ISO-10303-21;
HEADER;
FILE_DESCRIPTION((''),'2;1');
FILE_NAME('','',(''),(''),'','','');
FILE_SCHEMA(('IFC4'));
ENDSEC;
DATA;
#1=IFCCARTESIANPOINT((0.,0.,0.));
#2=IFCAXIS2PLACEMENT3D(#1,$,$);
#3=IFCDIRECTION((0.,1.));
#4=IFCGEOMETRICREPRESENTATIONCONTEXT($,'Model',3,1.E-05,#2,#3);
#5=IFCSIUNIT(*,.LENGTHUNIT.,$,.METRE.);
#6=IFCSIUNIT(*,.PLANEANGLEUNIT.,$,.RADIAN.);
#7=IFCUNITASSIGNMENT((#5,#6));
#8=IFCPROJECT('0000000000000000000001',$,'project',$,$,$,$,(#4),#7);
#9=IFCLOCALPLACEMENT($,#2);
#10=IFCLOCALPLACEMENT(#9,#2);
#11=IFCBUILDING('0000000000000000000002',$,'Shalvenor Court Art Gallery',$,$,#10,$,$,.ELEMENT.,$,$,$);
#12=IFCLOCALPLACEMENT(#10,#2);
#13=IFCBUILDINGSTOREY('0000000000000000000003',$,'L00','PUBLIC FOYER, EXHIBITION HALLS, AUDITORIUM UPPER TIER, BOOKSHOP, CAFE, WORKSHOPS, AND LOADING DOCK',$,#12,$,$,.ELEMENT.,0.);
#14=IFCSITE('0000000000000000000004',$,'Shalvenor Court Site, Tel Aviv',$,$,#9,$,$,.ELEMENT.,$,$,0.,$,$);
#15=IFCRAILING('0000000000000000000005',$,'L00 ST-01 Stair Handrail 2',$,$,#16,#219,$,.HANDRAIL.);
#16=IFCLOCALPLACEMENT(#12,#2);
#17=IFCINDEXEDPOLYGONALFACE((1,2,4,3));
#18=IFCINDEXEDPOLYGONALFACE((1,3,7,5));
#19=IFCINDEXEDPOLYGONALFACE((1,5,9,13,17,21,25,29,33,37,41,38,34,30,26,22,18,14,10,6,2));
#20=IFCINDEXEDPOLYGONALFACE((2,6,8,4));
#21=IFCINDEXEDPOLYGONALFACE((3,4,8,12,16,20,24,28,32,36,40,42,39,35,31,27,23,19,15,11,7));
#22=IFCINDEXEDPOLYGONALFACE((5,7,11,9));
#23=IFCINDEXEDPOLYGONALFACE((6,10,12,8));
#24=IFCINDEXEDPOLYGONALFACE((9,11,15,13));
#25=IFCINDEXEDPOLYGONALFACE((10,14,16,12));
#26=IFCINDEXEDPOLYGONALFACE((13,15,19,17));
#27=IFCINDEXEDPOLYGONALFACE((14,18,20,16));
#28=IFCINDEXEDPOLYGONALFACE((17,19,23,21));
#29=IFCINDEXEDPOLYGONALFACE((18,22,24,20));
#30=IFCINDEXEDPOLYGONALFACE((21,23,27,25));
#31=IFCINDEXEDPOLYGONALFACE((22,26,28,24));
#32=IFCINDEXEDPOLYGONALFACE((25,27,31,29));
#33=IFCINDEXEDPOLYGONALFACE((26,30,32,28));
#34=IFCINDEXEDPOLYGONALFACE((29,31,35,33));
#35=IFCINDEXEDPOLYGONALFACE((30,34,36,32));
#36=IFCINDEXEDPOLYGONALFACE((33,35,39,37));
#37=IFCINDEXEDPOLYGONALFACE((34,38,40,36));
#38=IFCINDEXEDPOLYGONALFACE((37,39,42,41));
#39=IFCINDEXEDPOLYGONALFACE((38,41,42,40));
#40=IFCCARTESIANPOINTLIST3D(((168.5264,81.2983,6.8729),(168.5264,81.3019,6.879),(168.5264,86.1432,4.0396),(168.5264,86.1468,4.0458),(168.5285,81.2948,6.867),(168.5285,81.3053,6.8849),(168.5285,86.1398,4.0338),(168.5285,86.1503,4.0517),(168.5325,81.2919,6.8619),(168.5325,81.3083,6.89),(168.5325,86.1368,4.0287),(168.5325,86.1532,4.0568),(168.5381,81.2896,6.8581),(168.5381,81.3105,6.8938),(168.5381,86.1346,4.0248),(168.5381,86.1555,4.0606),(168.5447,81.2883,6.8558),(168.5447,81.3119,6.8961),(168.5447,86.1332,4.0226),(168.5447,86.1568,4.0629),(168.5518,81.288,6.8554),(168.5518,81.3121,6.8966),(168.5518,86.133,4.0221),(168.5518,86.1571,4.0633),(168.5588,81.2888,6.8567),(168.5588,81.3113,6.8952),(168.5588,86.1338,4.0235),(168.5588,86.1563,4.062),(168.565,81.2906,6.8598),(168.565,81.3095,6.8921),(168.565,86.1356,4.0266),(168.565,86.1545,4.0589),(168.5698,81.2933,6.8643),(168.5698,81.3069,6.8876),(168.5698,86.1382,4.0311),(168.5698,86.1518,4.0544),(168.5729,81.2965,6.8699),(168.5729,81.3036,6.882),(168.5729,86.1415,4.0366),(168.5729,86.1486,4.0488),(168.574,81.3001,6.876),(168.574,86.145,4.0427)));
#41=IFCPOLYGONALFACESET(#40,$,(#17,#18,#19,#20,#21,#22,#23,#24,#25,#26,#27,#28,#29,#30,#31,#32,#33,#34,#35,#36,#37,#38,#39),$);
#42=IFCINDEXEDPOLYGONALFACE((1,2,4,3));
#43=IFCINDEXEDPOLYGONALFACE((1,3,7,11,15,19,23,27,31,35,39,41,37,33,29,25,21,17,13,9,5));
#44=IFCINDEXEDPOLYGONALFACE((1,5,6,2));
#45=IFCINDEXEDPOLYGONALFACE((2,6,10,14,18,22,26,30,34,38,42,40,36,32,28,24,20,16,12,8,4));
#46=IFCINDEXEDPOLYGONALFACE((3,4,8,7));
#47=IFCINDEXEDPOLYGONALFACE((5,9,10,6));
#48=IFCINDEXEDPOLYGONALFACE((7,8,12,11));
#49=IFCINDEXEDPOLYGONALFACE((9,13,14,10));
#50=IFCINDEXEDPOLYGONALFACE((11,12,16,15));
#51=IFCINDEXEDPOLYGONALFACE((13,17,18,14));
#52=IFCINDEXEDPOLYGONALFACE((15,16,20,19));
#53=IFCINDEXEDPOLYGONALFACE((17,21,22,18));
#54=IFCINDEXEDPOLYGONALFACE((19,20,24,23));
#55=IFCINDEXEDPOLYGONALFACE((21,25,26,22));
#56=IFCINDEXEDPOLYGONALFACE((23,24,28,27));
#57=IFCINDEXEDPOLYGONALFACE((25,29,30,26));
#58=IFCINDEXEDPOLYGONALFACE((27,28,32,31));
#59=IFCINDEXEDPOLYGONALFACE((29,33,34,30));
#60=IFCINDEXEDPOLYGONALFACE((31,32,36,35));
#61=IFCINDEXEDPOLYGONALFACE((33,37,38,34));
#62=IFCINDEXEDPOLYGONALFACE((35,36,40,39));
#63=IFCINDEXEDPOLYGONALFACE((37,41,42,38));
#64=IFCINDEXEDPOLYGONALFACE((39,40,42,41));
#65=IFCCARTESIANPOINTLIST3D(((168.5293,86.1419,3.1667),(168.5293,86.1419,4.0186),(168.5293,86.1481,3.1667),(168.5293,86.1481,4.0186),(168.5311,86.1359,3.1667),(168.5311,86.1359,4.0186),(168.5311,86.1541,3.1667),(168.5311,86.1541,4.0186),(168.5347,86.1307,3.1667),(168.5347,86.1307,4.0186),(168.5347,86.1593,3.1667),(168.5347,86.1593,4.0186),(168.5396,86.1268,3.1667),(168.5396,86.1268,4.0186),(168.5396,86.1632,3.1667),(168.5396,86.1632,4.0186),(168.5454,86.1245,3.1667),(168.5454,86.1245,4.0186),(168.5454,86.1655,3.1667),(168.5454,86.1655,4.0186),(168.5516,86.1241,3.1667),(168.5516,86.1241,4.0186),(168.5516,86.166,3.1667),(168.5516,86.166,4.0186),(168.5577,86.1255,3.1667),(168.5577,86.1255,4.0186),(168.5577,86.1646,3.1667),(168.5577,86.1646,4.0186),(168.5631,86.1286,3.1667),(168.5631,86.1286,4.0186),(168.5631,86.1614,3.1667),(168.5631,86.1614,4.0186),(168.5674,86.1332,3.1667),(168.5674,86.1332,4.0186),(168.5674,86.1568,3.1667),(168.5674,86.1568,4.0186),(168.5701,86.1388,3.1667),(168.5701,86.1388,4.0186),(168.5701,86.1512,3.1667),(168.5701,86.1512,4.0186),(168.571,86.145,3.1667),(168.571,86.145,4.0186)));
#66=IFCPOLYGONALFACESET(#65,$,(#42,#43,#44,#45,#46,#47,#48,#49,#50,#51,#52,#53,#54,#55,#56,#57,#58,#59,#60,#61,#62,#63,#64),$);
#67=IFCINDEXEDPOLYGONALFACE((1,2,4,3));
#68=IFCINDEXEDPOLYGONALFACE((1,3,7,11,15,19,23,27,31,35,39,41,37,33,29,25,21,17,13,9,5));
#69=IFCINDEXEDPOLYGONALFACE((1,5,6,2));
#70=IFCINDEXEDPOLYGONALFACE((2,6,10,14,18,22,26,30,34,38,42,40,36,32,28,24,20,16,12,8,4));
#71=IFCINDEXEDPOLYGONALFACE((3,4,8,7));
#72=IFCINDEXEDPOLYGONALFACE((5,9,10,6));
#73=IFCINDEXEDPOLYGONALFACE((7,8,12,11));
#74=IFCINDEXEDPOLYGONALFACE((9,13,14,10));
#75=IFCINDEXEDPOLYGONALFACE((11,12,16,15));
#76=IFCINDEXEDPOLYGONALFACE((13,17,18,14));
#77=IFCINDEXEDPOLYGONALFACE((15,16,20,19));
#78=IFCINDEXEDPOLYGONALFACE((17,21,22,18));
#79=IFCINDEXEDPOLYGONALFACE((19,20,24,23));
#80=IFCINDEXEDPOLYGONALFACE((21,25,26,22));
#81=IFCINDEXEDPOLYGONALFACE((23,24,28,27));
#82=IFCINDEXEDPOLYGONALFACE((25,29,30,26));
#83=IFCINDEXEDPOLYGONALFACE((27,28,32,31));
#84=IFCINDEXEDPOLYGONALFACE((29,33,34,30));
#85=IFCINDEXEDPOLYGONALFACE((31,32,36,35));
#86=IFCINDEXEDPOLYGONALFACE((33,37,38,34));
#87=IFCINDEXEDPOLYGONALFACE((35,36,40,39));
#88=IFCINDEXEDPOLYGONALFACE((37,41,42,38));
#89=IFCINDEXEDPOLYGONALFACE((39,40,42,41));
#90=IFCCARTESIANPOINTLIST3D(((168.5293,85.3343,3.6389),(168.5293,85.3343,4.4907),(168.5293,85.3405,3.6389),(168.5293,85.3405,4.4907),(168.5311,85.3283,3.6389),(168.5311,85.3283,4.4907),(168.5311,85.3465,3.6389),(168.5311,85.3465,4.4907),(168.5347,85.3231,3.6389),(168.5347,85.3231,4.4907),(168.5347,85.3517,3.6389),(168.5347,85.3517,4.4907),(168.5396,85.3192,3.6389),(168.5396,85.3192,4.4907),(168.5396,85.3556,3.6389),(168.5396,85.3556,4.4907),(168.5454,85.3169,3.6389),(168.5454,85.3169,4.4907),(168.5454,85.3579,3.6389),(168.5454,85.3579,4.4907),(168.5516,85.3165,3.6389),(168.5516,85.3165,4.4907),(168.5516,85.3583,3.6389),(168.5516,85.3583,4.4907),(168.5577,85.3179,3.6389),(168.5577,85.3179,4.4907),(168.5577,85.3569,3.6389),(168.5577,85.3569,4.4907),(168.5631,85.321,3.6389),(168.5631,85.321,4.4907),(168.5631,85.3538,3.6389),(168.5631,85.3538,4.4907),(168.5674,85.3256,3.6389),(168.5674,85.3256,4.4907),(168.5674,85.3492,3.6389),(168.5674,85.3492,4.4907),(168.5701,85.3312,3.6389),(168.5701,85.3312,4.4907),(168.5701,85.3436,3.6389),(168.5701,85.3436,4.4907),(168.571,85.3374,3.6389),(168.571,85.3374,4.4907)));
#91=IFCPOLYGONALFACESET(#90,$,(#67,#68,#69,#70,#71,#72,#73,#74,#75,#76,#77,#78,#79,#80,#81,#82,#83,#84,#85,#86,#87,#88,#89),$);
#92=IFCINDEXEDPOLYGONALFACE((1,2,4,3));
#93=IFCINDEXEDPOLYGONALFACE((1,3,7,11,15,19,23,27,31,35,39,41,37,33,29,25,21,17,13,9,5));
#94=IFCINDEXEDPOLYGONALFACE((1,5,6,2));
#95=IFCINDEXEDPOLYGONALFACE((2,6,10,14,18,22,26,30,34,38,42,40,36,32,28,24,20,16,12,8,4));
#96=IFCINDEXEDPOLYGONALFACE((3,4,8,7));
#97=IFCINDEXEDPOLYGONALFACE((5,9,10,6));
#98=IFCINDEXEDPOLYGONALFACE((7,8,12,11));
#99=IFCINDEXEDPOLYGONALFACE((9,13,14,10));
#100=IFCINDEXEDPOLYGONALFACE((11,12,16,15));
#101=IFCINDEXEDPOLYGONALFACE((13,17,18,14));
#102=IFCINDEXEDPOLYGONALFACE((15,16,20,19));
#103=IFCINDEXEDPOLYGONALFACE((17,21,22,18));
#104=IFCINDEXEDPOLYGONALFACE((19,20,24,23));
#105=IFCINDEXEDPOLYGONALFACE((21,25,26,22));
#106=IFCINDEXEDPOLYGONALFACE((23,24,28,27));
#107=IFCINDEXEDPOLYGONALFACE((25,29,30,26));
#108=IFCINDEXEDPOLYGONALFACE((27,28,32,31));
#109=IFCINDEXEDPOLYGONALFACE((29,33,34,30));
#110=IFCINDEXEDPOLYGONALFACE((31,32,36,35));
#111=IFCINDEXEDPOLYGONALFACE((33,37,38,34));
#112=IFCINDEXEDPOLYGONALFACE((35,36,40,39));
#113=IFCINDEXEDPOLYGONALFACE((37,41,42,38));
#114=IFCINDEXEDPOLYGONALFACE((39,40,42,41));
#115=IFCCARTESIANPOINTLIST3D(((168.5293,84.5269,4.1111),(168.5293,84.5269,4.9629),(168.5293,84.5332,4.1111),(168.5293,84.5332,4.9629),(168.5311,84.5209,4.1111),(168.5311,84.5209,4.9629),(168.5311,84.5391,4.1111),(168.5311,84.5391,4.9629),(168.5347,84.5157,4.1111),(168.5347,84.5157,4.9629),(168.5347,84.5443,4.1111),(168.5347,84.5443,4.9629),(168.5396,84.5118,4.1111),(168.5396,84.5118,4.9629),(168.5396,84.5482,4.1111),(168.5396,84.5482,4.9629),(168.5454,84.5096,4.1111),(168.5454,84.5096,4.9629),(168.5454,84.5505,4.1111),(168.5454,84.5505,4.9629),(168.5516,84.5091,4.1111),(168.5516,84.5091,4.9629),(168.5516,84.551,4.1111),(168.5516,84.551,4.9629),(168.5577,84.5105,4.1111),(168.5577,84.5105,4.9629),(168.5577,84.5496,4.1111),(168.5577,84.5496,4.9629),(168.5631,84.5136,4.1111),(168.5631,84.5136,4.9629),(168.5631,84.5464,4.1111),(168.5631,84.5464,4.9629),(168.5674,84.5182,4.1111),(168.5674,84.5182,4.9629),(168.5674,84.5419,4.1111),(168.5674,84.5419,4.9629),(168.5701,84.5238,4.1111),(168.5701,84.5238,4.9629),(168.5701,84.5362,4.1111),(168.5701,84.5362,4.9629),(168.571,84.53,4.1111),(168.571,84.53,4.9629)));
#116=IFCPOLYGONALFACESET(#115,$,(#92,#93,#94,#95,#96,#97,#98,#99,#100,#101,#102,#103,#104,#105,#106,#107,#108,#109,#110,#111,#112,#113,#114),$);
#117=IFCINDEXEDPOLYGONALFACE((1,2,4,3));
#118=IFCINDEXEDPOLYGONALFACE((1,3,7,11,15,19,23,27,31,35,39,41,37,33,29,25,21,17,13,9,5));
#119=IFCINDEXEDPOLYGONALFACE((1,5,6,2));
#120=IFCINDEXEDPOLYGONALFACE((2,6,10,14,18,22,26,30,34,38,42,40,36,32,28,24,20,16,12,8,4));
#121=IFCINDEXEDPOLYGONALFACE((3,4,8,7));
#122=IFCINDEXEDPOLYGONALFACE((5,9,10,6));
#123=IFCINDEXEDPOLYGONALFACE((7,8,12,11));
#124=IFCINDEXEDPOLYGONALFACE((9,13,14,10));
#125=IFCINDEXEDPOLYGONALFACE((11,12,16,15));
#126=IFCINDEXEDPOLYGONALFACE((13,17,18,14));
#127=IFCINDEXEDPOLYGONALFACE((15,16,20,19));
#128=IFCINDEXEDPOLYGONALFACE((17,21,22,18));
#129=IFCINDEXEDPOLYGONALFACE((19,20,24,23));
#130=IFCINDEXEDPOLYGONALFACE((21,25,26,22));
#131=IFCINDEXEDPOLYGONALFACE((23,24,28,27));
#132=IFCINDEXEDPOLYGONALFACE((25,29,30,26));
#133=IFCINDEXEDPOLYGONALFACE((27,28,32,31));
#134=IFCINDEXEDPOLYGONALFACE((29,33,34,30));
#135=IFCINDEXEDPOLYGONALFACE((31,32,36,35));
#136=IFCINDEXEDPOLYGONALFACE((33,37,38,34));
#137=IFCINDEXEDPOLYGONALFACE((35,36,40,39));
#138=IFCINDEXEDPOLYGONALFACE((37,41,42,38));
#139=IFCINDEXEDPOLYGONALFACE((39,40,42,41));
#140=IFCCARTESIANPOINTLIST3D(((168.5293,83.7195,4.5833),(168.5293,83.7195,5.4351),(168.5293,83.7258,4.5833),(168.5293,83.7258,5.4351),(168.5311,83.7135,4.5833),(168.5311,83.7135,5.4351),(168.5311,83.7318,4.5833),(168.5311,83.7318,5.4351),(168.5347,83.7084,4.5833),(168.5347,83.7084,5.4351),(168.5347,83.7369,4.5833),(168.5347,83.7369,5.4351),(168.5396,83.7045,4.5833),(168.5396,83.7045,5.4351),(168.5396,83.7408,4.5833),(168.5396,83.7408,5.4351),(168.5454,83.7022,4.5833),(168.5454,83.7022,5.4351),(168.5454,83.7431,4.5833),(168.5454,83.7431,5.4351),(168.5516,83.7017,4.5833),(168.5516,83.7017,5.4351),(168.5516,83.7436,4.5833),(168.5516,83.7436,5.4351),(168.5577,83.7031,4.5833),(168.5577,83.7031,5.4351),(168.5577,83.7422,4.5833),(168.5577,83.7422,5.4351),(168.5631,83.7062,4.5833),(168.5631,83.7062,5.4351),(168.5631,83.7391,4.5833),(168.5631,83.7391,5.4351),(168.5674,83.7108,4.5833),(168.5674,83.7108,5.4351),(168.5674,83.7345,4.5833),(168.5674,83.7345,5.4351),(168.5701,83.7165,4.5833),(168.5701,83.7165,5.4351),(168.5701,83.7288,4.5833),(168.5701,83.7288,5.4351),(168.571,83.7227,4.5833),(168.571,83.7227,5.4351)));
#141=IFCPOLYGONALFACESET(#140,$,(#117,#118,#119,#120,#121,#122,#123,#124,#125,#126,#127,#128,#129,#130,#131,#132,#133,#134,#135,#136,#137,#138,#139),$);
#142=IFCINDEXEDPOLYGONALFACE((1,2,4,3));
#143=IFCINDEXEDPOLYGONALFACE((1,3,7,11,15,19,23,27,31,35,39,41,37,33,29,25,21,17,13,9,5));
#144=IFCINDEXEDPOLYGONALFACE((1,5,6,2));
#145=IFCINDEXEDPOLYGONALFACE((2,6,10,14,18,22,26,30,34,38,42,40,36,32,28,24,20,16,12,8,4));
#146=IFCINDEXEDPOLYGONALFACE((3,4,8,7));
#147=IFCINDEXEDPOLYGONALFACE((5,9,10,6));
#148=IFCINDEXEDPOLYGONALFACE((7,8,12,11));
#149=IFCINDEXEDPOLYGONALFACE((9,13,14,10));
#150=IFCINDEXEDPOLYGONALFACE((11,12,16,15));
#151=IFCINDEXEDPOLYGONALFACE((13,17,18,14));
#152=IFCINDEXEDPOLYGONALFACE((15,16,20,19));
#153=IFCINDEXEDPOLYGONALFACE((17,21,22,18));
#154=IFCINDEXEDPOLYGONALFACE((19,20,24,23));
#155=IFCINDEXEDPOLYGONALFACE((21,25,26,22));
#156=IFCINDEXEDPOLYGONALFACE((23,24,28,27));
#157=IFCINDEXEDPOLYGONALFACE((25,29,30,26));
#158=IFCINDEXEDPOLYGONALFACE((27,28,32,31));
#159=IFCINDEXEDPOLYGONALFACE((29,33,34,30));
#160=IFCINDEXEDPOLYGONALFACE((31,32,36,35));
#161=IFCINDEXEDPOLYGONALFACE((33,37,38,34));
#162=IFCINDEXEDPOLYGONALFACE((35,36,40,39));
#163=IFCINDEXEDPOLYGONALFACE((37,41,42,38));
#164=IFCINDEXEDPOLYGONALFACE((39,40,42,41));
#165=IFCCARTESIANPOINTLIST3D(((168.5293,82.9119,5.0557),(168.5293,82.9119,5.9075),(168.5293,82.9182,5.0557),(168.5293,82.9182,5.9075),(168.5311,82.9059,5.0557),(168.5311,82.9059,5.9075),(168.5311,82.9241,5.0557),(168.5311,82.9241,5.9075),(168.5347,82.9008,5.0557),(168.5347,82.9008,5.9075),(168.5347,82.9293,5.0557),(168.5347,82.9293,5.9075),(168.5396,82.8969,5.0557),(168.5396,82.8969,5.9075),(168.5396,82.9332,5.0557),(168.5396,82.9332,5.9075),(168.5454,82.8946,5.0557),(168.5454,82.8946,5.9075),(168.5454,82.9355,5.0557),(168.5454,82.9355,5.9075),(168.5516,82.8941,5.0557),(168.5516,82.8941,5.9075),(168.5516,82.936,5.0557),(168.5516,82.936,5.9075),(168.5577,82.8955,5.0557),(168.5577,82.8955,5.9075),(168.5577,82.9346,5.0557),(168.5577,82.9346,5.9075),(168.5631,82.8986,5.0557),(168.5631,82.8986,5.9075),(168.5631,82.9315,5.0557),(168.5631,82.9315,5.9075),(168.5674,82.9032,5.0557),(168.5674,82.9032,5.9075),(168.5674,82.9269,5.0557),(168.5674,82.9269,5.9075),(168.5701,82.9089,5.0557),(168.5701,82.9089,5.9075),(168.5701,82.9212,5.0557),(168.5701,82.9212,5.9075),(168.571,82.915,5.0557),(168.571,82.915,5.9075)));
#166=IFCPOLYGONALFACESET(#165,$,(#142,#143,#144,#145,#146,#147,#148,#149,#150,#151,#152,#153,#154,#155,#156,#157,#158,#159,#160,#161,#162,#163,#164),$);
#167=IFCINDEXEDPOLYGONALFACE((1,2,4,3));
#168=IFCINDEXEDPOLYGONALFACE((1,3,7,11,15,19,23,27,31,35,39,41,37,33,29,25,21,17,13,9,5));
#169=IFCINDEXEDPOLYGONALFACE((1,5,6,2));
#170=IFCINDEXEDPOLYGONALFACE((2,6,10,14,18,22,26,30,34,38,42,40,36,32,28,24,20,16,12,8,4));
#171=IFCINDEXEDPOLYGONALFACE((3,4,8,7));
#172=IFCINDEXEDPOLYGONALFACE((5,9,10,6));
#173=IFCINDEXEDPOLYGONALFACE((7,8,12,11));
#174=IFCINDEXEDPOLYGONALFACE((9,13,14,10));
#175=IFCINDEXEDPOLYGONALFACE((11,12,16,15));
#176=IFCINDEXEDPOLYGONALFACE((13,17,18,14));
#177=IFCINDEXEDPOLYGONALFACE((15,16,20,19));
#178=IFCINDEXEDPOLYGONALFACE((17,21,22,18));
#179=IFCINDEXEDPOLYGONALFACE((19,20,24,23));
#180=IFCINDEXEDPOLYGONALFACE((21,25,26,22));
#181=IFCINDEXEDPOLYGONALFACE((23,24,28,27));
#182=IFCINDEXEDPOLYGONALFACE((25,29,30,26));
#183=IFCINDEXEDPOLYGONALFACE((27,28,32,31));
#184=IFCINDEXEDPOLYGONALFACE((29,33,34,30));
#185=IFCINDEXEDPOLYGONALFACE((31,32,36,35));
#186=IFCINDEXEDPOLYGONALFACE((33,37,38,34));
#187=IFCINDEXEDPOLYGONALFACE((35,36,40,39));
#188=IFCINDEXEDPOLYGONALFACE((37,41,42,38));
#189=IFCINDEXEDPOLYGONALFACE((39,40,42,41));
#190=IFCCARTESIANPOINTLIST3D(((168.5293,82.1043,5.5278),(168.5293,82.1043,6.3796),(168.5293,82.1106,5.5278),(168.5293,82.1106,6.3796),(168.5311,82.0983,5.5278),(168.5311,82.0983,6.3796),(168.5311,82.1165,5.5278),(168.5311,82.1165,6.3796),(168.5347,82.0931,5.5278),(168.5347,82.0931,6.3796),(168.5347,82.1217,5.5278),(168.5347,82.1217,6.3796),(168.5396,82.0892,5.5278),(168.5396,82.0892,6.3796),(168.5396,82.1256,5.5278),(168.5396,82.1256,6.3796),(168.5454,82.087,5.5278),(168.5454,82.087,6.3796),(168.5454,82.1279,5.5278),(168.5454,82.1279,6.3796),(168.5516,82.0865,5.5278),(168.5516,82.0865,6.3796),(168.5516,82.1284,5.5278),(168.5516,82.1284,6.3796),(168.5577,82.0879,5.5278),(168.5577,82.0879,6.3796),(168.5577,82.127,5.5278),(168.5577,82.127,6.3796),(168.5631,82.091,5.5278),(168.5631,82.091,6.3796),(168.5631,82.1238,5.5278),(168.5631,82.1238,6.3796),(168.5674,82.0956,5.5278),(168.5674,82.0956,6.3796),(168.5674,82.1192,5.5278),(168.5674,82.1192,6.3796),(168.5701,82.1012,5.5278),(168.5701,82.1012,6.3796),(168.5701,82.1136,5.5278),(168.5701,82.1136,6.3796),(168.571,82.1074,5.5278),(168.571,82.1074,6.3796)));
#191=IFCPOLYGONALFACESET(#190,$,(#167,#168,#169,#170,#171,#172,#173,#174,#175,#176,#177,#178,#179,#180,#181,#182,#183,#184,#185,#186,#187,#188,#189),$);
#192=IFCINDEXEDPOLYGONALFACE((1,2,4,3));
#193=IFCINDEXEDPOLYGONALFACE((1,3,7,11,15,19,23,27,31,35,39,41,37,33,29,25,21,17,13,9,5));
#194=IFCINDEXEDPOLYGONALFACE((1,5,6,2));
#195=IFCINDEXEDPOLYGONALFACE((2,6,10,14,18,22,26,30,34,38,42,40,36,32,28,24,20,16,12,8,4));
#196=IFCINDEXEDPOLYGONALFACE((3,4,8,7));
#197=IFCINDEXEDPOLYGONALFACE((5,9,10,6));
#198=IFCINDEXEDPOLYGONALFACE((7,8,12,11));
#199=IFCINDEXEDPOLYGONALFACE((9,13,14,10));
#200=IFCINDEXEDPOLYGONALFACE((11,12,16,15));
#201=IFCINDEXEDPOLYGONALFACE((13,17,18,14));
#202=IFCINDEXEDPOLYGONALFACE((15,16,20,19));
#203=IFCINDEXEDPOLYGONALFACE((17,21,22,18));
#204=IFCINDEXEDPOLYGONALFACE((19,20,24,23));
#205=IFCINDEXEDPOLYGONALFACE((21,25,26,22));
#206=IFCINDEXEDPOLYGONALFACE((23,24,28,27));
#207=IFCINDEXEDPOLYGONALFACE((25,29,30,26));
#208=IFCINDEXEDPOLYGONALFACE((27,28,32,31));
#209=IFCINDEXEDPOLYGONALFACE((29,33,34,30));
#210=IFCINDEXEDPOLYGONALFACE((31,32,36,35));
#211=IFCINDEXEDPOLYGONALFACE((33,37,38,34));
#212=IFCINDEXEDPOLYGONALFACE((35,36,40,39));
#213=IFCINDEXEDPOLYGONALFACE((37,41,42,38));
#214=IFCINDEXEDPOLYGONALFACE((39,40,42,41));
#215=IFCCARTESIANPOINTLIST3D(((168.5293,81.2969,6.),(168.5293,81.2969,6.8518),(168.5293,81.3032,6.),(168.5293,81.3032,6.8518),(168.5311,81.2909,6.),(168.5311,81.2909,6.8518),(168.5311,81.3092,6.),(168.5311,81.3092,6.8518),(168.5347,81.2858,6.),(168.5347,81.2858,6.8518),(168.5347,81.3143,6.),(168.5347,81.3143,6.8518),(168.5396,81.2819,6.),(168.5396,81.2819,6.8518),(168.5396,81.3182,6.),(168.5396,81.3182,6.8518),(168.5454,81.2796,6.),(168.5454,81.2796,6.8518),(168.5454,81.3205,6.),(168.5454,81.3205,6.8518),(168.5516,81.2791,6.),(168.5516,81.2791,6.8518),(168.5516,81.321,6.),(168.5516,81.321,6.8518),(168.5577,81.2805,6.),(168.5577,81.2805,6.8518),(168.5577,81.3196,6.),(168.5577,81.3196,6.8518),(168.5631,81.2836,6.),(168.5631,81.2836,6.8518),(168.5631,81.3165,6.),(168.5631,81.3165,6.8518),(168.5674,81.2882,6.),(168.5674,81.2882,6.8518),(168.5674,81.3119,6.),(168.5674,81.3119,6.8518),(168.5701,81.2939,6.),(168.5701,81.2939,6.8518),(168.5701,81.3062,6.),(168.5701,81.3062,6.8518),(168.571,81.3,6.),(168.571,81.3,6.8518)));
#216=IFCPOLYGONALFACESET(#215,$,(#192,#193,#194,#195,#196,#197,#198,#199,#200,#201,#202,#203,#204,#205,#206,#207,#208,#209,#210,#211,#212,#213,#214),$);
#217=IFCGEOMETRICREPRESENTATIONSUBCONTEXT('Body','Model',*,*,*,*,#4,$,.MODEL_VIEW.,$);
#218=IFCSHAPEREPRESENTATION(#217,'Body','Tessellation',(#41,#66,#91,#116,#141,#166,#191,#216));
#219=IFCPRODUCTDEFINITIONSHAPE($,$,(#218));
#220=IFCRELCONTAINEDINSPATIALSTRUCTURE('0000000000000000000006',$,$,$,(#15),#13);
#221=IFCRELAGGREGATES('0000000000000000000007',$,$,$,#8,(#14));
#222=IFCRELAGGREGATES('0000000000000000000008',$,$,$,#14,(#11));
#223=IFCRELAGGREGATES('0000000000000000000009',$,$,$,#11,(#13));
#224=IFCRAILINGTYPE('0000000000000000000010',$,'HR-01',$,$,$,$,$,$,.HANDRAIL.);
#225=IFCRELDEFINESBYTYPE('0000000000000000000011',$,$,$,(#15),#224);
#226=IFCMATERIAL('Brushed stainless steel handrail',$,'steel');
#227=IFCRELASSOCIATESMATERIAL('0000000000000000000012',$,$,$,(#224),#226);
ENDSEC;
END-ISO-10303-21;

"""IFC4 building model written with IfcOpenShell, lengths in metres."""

from ifc_helpers import new_model, si_unit, direction, frame, origin, origin_2d, place, context, subcontext, project, spatial, circle, extrude, material, type_object, element, save


model = new_model("IFC4")

# Units and contexts
model_context = context("Model", 3, precision=1e-05, world=origin(), true_north=direction((0.0, 1.0)))
body_context = subcontext(model_context, "Body", "Model", "MODEL_VIEW")
ifc_project = project(units=[si_unit("LENGTHUNIT", "METRE"), si_unit("PLANEANGLEUNIT", "RADIAN")], contexts=[model_context])

# Site, building, storey
site_placement = place(None, origin())
site = spatial("IfcSite", under=ifc_project, at=site_placement, Name="Shalvenor Court Site, Tel Aviv", CompositionType="ELEMENT", RefElevation=0.0)
building_placement = place(site_placement, origin())
building = spatial("IfcBuilding", under=site, at=building_placement, Name="Shalvenor Court Art Gallery", CompositionType="ELEMENT")
storey_placement = place(building_placement, origin())
storey = spatial("IfcBuildingStorey", under=building, at=storey_placement, Name="L00", Description="PUBLIC FOYER, EXHIBITION HALLS, AUDITORIUM UPPER TIER, BOOKSHOP, CAFE, WORKSHOPS, AND LOADING DOCK", CompositionType="ELEMENT", Elevation=0.0)

# Railing
ifc_material_1 = material(Name="Brushed stainless steel handrail", Category="steel")
railing_type_1 = type_object("IfcRailingType", Name="HR-01", PredefinedType="HANDRAIL", material=ifc_material_1)
railing_1_placement = place(storey_placement, frame((168.55, 86.145, 3.1667)))
element("IfcRailing", 1, at=railing_1_placement, inside=storey, type_object=railing_type_1, Name="L00 ST-01 Stair Handrail 2", PredefinedType="HANDRAIL", context=body_context, shape_type="SweptSolid", body=[
    extrude(circle(Radius=0.0239, at=origin_2d()), frame((0.0, 0.0, 0.876), z_axis=(0.0, -0.863234, 0.504804), x_axis=(1.0, 0.0, 0.0)), (0.0, 0.0, 1.0), 5.6125),
    extrude(circle(Radius=0.021, at=origin_2d()), origin(), (0.0, 0.0, 1.0), 0.8518),
    extrude(circle(Radius=0.021, at=origin_2d()), frame((0.0, -0.8076, 0.4722)), (0.0, 0.0, 1.0), 0.8518),
    extrude(circle(Radius=0.021, at=origin_2d()), frame((0.0, -1.615, 0.9443)), (0.0, 0.0, 1.0), 0.8518),
    extrude(circle(Radius=0.021, at=origin_2d()), frame((0.0, -2.4224, 1.4165)), (0.0, 0.0, 1.0), 0.8518),
    extrude(circle(Radius=0.021, at=origin_2d()), frame((0.0, -3.23, 1.8889)), (0.0, 0.0, 1.0), 0.8518),
    extrude(circle(Radius=0.021, at=origin_2d()), frame((0.0, -4.0376, 2.3611)), (0.0, 0.0, 1.0), 0.8518),
    extrude(circle(Radius=0.021, at=origin_2d()), frame((0.0, -4.845, 2.8333)), (0.0, 0.0, 1.0), 0.8518),
])

save(model, "model.ifc")
